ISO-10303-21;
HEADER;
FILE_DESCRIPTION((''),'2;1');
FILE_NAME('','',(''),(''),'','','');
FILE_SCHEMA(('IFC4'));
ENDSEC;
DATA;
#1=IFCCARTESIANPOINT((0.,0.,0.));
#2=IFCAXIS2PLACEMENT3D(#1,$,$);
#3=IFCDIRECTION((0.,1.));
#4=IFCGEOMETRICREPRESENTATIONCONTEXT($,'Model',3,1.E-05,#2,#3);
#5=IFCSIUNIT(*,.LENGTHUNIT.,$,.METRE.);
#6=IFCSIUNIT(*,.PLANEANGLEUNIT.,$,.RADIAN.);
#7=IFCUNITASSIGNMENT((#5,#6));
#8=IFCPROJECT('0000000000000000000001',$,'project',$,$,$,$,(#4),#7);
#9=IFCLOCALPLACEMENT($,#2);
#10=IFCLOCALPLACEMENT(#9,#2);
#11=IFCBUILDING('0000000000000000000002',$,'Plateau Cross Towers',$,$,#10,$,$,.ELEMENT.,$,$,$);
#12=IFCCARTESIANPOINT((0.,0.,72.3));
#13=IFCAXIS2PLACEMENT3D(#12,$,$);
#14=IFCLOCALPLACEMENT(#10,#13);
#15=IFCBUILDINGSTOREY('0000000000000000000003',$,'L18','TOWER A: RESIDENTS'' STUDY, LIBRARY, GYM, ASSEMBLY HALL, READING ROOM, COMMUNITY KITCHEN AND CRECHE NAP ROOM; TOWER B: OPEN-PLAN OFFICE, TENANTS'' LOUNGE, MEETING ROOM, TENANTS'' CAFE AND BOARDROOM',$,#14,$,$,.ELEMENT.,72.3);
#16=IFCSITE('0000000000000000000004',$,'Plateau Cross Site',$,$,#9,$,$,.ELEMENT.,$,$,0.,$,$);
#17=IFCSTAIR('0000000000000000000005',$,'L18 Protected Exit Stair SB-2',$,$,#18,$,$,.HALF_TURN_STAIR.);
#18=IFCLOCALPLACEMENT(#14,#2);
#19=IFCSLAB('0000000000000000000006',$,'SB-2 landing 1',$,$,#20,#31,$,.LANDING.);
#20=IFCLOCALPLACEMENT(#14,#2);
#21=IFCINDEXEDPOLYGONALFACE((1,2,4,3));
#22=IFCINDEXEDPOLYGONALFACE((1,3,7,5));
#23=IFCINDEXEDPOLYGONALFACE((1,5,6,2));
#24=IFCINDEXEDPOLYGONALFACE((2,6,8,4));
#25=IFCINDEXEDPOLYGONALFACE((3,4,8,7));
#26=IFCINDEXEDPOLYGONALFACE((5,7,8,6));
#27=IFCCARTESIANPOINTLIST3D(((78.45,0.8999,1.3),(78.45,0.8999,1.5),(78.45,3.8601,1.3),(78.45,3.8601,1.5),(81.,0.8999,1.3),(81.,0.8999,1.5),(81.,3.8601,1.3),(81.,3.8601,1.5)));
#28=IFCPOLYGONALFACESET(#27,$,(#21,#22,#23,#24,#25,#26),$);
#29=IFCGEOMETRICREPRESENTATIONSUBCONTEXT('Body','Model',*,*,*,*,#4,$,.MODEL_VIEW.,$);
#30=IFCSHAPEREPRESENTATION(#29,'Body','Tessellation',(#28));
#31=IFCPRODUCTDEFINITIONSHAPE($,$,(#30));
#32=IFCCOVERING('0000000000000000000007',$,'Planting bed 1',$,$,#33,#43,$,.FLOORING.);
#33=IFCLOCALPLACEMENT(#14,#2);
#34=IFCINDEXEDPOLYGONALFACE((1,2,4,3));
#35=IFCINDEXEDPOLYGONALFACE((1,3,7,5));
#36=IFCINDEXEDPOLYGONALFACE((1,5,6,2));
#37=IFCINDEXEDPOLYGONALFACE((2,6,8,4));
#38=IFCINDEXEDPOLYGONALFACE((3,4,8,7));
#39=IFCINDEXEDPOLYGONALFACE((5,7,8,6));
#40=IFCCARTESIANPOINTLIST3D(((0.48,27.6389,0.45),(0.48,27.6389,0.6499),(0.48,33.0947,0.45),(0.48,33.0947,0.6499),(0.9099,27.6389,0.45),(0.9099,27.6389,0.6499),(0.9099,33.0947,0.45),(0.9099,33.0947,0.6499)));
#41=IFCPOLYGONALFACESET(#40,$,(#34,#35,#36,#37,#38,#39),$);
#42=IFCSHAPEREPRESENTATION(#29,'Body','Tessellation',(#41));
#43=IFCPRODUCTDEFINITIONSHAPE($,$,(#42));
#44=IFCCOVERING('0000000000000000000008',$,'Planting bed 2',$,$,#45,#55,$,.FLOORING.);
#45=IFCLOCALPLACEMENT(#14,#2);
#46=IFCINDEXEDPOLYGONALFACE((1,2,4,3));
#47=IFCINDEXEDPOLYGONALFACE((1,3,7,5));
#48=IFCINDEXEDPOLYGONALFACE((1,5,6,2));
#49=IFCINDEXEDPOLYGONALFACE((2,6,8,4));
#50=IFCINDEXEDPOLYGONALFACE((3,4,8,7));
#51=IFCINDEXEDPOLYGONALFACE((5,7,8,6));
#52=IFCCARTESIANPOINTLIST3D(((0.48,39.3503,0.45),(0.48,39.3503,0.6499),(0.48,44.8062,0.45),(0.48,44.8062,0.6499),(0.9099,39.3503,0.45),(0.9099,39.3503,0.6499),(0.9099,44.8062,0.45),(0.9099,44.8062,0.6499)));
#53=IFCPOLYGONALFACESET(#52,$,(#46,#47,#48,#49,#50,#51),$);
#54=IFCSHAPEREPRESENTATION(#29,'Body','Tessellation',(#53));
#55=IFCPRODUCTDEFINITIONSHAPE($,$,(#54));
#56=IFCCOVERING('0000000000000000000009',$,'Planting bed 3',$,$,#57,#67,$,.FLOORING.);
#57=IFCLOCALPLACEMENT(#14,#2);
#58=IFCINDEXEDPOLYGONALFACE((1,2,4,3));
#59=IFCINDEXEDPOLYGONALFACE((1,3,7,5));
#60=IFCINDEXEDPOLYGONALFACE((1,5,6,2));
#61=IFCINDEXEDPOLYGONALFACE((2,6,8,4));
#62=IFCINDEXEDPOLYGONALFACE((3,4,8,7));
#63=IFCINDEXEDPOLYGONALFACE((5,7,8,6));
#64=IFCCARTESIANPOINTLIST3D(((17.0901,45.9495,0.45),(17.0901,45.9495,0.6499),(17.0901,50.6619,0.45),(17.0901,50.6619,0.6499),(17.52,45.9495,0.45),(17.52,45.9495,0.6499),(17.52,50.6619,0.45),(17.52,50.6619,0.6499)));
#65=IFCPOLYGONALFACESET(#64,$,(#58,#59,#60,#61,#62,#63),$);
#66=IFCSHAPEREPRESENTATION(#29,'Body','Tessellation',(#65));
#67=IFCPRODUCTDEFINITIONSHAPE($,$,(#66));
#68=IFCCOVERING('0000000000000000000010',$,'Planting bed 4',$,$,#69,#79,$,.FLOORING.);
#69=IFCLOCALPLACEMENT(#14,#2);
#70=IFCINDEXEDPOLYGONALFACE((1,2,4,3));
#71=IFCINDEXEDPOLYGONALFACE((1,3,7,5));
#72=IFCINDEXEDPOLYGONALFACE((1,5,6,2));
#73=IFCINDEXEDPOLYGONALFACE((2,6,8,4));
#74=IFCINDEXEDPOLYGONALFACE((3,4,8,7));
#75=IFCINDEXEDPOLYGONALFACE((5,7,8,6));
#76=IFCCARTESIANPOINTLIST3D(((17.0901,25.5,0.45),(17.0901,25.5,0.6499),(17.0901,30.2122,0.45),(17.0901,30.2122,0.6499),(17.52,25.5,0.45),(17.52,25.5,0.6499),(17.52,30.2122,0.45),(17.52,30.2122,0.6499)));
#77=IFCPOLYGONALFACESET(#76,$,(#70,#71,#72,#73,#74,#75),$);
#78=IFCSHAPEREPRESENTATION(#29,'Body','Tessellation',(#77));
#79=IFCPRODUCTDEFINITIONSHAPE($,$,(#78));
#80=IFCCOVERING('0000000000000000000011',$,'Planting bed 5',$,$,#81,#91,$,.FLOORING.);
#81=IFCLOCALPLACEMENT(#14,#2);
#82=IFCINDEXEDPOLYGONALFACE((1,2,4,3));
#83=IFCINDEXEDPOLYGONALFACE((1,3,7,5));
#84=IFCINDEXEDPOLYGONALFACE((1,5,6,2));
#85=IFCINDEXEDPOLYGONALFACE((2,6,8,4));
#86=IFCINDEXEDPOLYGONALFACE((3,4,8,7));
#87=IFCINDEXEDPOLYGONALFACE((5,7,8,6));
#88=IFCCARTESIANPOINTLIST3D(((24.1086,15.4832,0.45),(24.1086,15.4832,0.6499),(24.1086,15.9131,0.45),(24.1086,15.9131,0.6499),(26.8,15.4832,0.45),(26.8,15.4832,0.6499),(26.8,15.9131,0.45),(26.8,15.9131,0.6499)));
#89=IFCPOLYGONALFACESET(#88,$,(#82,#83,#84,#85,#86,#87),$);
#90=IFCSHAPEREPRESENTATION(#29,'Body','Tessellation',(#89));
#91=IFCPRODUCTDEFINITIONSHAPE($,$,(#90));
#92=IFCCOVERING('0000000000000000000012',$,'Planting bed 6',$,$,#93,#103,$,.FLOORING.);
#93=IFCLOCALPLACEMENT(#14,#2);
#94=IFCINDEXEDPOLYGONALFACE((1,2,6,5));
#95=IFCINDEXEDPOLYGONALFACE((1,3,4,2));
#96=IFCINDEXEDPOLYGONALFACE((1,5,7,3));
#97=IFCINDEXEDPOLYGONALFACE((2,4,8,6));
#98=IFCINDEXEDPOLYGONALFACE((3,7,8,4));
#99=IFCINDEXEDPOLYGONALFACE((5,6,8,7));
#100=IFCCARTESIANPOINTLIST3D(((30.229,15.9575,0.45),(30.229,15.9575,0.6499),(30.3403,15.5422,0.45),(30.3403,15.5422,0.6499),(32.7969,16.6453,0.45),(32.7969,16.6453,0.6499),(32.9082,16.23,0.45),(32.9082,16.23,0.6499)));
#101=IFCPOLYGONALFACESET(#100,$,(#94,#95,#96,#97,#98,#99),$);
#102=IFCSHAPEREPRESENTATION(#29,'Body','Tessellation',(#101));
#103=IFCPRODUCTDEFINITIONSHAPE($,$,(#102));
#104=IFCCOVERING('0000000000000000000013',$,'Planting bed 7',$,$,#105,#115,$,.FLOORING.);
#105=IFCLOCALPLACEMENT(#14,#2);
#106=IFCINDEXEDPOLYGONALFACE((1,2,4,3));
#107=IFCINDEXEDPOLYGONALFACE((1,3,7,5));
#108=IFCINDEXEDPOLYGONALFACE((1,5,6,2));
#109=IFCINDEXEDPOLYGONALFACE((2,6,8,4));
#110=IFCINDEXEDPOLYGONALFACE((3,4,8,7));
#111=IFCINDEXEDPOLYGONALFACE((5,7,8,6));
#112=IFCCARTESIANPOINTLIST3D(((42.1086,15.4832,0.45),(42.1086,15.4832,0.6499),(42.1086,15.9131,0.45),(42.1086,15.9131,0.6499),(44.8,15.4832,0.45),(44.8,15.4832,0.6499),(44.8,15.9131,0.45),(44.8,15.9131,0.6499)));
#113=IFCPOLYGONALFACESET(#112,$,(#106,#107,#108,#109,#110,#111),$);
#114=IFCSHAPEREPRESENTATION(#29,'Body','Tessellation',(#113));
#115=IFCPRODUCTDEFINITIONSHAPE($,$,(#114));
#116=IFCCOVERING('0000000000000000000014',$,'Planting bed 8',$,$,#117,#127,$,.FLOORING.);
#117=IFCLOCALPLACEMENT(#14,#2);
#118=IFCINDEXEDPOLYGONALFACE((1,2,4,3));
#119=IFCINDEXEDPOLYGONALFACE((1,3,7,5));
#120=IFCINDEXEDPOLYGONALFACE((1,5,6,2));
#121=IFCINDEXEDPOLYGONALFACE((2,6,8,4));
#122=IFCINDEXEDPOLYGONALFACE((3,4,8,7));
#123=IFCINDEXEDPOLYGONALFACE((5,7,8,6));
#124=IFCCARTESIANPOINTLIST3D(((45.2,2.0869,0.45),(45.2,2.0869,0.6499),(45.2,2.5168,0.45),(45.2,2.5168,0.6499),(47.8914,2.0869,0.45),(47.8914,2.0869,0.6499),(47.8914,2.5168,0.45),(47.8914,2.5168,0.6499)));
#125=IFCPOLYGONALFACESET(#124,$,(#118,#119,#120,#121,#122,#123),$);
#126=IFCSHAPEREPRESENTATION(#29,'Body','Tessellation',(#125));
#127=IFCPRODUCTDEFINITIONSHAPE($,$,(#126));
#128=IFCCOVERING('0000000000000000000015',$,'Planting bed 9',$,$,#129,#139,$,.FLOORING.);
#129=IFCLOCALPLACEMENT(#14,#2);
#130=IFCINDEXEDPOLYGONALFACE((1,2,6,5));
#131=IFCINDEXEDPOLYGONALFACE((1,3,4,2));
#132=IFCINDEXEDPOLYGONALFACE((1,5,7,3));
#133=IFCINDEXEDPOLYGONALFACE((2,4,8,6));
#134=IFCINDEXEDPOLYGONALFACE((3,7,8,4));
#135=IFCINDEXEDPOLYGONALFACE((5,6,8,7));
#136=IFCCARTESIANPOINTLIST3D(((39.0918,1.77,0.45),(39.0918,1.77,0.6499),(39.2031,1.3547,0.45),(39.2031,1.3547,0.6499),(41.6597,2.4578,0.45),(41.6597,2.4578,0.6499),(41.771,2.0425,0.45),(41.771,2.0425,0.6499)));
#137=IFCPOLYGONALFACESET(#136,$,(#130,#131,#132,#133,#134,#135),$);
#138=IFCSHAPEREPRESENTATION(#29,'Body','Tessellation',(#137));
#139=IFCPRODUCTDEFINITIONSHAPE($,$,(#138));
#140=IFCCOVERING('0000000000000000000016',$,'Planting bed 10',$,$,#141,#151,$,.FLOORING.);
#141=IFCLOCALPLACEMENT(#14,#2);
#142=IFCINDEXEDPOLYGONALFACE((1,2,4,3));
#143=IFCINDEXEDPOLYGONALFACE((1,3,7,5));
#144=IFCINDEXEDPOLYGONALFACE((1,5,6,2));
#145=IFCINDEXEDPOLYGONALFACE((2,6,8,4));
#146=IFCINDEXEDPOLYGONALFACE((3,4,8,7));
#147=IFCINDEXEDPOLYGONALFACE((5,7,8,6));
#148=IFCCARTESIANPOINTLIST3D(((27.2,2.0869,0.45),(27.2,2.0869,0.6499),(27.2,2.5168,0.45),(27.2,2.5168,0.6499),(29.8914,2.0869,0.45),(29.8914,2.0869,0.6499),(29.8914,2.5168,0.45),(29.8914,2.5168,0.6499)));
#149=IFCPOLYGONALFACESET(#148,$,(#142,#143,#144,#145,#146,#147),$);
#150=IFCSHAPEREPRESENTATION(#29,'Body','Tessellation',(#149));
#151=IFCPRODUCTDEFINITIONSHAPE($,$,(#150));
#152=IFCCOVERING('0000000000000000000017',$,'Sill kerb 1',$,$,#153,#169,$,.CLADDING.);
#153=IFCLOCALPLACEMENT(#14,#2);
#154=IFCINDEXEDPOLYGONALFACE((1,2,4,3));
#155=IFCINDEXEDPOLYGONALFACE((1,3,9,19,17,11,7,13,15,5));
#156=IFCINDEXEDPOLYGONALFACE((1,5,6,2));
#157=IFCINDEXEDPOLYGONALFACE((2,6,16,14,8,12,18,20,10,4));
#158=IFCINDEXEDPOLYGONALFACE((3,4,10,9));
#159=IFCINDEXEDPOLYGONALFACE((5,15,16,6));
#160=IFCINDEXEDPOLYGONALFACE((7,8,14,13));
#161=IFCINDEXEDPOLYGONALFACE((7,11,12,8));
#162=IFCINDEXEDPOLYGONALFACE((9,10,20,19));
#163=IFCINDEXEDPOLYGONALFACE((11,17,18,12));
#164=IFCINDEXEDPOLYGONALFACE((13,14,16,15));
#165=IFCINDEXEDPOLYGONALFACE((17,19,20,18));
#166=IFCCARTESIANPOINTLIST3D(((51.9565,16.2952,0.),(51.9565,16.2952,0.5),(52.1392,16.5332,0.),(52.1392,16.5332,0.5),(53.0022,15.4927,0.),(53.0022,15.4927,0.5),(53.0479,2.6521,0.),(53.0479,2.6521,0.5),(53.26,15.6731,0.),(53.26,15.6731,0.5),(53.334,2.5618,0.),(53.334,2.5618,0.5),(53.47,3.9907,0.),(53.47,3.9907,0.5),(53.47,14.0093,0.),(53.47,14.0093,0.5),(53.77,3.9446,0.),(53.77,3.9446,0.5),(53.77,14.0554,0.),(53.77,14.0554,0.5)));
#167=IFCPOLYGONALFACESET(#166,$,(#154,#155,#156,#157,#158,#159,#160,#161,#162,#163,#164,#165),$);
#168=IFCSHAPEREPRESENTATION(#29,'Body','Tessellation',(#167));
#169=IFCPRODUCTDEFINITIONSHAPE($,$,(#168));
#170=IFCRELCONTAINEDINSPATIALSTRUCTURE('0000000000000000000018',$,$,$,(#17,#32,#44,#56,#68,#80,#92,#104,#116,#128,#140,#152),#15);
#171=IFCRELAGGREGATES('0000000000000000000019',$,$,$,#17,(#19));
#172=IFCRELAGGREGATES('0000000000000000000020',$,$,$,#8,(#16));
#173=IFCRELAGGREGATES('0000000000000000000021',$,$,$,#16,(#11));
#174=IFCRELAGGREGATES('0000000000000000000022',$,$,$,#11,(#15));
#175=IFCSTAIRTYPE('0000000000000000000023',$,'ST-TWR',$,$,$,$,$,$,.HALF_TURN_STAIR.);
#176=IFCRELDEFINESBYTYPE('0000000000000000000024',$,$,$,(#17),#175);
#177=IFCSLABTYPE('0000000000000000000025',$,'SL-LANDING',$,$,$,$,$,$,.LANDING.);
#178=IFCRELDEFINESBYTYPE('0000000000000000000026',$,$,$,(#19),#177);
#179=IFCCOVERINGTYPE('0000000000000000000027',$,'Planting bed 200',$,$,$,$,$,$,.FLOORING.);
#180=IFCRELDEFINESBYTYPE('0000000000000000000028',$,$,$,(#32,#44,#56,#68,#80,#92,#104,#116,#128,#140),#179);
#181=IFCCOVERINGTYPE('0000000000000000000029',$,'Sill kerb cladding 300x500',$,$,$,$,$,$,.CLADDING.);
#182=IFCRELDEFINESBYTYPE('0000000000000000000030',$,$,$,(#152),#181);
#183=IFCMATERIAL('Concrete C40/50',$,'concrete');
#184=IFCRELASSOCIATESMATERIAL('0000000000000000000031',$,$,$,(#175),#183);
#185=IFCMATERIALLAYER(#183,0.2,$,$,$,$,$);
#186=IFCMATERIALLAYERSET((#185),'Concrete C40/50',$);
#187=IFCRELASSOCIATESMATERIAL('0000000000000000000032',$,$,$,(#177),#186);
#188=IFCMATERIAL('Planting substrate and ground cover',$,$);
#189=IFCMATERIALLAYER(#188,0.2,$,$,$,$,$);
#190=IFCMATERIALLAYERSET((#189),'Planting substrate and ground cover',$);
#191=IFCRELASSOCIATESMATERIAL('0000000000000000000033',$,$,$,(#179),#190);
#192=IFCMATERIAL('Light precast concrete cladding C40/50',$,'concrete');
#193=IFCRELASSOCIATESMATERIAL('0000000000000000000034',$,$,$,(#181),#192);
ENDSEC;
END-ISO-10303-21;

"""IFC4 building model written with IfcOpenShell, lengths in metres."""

from ifc_helpers import new_model, si_unit, direction, frame, origin, place, context, subcontext, project, spatial, polyline, outline, extrude, material, layer, layer_set, type_object, element, aggregate, save


model = new_model("IFC4")

# Units and contexts
model_context = context("Model", 3, precision=1e-05, world=origin(), true_north=direction((0.0, 1.0)))
body_context = subcontext(model_context, "Body", "Model", "MODEL_VIEW")
ifc_project = project(units=[si_unit("LENGTHUNIT", "METRE"), si_unit("PLANEANGLEUNIT", "RADIAN")], contexts=[model_context])

# Site, building, storey
site_placement = place(None, origin())
site = spatial("IfcSite", under=ifc_project, at=site_placement, Name="Plateau Cross Site", CompositionType="ELEMENT", RefElevation=0.0)
building_placement = place(site_placement, origin())
building = spatial("IfcBuilding", under=site, at=building_placement, Name="Plateau Cross Towers", CompositionType="ELEMENT")
storey_placement = place(building_placement, frame((0.0, 0.0, 72.3)))
storey = spatial("IfcBuildingStorey", under=building, at=storey_placement, Name="L18", Description="TOWER A: RESIDENTS' STUDY, LIBRARY, GYM, ASSEMBLY HALL, READING ROOM, COMMUNITY KITCHEN AND CRECHE NAP ROOM; TOWER B: OPEN-PLAN OFFICE, TENANTS' LOUNGE, MEETING ROOM, TENANTS' CAFE AND BOARDROOM", CompositionType="ELEMENT", Elevation=72.3)

# Shared definitions
ifc_material_1 = material(Name="Concrete C40/50", Category="concrete")

# Shared definitions
stair_type = type_object("IfcStairType", Name="ST-TWR", PredefinedType="HALF_TURN_STAIR", material=ifc_material_1)
ifc_layer_1 = layer(ifc_material_1, 0.2)
ifc_layer_set_1 = layer_set([ifc_layer_1], Name="Concrete C40/50")
slab_type_1 = type_object("IfcSlabType", Name="SL-LANDING", PredefinedType="LANDING", material=ifc_layer_set_1)

# Stair, slab
stair_1_placement = place(storey_placement, origin())
stair_1 = element("IfcStair", 1, at=stair_1_placement, inside=storey, type_object=stair_type, Name="L18 Protected Exit Stair SB-2", PredefinedType="HALF_TURN_STAIR")
slab_1_placement = place(storey_placement, frame((0.0, 0.0, 1.3)))
slab_1 = element("IfcSlab", 2, at=slab_1_placement, type_object=slab_type_1, Name="SB-2 landing 1", PredefinedType="LANDING", context=body_context, shape_type="SweptSolid", body=[
    extrude(outline(polyline([(78.45, 3.8601), (78.45, 0.8999), (81.0, 0.8999), (81.0, 3.8601), (78.45, 3.8601)])), origin(), (0.0, 0.0, 1.0), 0.2),
])
aggregate(stair_1, [slab_1])

# Coverings
ifc_material_2 = material(Name="Planting substrate and ground cover")
ifc_layer_2 = layer(ifc_material_2, 0.2)
ifc_layer_set_2 = layer_set([ifc_layer_2], Name="Planting substrate and ground cover")
covering_type_1 = type_object("IfcCoveringType", Name="Planting bed 200", PredefinedType="FLOORING", material=ifc_layer_set_2)
covering_1_placement = place(storey_placement, frame((0.0, 0.0, 0.45)))
element("IfcCovering", 3, at=covering_1_placement, inside=storey, type_object=covering_type_1, Name="Planting bed 1", PredefinedType="FLOORING", context=body_context, shape_type="SweptSolid", body=[
    extrude(outline(polyline([(0.48, 33.0947), (0.9099, 33.0947), (0.9099, 27.6389), (0.48, 27.6389), (0.48, 33.0947)])), origin(), (0.0, 0.0, 1.0), 0.2),
])
covering_2_placement = place(storey_placement, frame((0.0, 0.0, 0.45)))
element("IfcCovering", 4, at=covering_2_placement, inside=storey, type_object=covering_type_1, Name="Planting bed 2", PredefinedType="FLOORING", context=body_context, shape_type="SweptSolid", body=[
    extrude(outline(polyline([(0.48, 44.8062), (0.9099, 44.8062), (0.9099, 39.3503), (0.48, 39.3503), (0.48, 44.8062)])), origin(), (0.0, 0.0, 1.0), 0.2),
])
covering_3_placement = place(storey_placement, frame((0.0, 0.0, 0.45)))
element("IfcCovering", 5, at=covering_3_placement, inside=storey, type_object=covering_type_1, Name="Planting bed 3", PredefinedType="FLOORING", context=body_context, shape_type="SweptSolid", body=[
    extrude(outline(polyline([(17.52, 45.9495), (17.0901, 45.9495), (17.0901, 50.6619), (17.52, 50.6619), (17.52, 45.9495)])), origin(), (0.0, 0.0, 1.0), 0.2),
])
covering_4_placement = place(storey_placement, frame((0.0, 0.0, 0.45)))
element("IfcCovering", 6, at=covering_4_placement, inside=storey, type_object=covering_type_1, Name="Planting bed 4", PredefinedType="FLOORING", context=body_context, shape_type="SweptSolid", body=[
    extrude(outline(polyline([(17.52, 25.5), (17.0901, 25.5), (17.0901, 30.2122), (17.52, 30.2122), (17.52, 25.5)])), origin(), (0.0, 0.0, 1.0), 0.2),
])
covering_5_placement = place(storey_placement, frame((0.0, 0.0, 0.45)))
element("IfcCovering", 7, at=covering_5_placement, inside=storey, type_object=covering_type_1, Name="Planting bed 5", PredefinedType="FLOORING", context=body_context, shape_type="SweptSolid", body=[
    extrude(outline(polyline([(26.8, 15.9131), (26.8, 15.4832), (24.1086, 15.4832), (24.1086, 15.9131), (26.8, 15.9131)])), origin(), (0.0, 0.0, 1.0), 0.2),
])
covering_6_placement = place(storey_placement, frame((0.0, 0.0, 0.45)))
element("IfcCovering", 8, at=covering_6_placement, inside=storey, type_object=covering_type_1, Name="Planting bed 6", PredefinedType="FLOORING", context=body_context, shape_type="SweptSolid", body=[
    extrude(outline(polyline([(32.7969, 16.6453), (32.9082, 16.23), (30.3403, 15.5422), (30.229, 15.9575), (32.7969, 16.6453)])), origin(), (0.0, 0.0, 1.0), 0.2),
])
covering_7_placement = place(storey_placement, frame((0.0, 0.0, 0.45)))
element("IfcCovering", 9, at=covering_7_placement, inside=storey, type_object=covering_type_1, Name="Planting bed 7", PredefinedType="FLOORING", context=body_context, shape_type="SweptSolid", body=[
    extrude(outline(polyline([(44.8, 15.9131), (44.8, 15.4832), (42.1086, 15.4832), (42.1086, 15.9131), (44.8, 15.9131)])), origin(), (0.0, 0.0, 1.0), 0.2),
])
covering_8_placement = place(storey_placement, frame((0.0, 0.0, 0.45)))
element("IfcCovering", 10, at=covering_8_placement, inside=storey, type_object=covering_type_1, Name="Planting bed 8", PredefinedType="FLOORING", context=body_context, shape_type="SweptSolid", body=[
    extrude(outline(polyline([(45.2, 2.0869), (45.2, 2.5168), (47.8914, 2.5168), (47.8914, 2.0869), (45.2, 2.0869)])), origin(), (0.0, 0.0, 1.0), 0.2),
])
covering_9_placement = place(storey_placement, frame((0.0, 0.0, 0.45)))
element("IfcCovering", 11, at=covering_9_placement, inside=storey, type_object=covering_type_1, Name="Planting bed 9", PredefinedType="FLOORING", context=body_context, shape_type="SweptSolid", body=[
    extrude(outline(polyline([(39.2031, 1.3547), (39.0918, 1.77), (41.6597, 2.4578), (41.771, 2.0425), (39.2031, 1.3547)])), origin(), (0.0, 0.0, 1.0), 0.2),
])
covering_10_placement = place(storey_placement, frame((0.0, 0.0, 0.45)))
element("IfcCovering", 12, at=covering_10_placement, inside=storey, type_object=covering_type_1, Name="Planting bed 10", PredefinedType="FLOORING", context=body_context, shape_type="SweptSolid", body=[
    extrude(outline(polyline([(27.2, 2.0869), (27.2, 2.5168), (29.8914, 2.5168), (29.8914, 2.0869), (27.2, 2.0869)])), origin(), (0.0, 0.0, 1.0), 0.2),
])
ifc_material_3 = material(Name="Light precast concrete cladding C40/50", Category="concrete")
covering_type_2 = type_object("IfcCoveringType", Name="Sill kerb cladding 300x500", PredefinedType="CLADDING", material=ifc_material_3)
covering_11_placement = place(storey_placement, origin())
element("IfcCovering", 13, at=covering_11_placement, inside=storey, type_object=covering_type_2, Name="Sill kerb 1", PredefinedType="CLADDING", context=body_context, shape_type="SweptSolid", body=[
    extrude(outline(polyline([(53.47, 14.0093), (53.0022, 15.4927), (51.9565, 16.2952), (52.1392, 16.5332), (53.26, 15.6731), (53.77, 14.0554), (53.77, 3.9446), (53.334, 2.5618), (53.0479, 2.6521), (53.47, 3.9907), (53.47, 14.0093)])), origin(), (0.0, 0.0, 1.0), 0.5),
])

save(model, "model.ifc")
